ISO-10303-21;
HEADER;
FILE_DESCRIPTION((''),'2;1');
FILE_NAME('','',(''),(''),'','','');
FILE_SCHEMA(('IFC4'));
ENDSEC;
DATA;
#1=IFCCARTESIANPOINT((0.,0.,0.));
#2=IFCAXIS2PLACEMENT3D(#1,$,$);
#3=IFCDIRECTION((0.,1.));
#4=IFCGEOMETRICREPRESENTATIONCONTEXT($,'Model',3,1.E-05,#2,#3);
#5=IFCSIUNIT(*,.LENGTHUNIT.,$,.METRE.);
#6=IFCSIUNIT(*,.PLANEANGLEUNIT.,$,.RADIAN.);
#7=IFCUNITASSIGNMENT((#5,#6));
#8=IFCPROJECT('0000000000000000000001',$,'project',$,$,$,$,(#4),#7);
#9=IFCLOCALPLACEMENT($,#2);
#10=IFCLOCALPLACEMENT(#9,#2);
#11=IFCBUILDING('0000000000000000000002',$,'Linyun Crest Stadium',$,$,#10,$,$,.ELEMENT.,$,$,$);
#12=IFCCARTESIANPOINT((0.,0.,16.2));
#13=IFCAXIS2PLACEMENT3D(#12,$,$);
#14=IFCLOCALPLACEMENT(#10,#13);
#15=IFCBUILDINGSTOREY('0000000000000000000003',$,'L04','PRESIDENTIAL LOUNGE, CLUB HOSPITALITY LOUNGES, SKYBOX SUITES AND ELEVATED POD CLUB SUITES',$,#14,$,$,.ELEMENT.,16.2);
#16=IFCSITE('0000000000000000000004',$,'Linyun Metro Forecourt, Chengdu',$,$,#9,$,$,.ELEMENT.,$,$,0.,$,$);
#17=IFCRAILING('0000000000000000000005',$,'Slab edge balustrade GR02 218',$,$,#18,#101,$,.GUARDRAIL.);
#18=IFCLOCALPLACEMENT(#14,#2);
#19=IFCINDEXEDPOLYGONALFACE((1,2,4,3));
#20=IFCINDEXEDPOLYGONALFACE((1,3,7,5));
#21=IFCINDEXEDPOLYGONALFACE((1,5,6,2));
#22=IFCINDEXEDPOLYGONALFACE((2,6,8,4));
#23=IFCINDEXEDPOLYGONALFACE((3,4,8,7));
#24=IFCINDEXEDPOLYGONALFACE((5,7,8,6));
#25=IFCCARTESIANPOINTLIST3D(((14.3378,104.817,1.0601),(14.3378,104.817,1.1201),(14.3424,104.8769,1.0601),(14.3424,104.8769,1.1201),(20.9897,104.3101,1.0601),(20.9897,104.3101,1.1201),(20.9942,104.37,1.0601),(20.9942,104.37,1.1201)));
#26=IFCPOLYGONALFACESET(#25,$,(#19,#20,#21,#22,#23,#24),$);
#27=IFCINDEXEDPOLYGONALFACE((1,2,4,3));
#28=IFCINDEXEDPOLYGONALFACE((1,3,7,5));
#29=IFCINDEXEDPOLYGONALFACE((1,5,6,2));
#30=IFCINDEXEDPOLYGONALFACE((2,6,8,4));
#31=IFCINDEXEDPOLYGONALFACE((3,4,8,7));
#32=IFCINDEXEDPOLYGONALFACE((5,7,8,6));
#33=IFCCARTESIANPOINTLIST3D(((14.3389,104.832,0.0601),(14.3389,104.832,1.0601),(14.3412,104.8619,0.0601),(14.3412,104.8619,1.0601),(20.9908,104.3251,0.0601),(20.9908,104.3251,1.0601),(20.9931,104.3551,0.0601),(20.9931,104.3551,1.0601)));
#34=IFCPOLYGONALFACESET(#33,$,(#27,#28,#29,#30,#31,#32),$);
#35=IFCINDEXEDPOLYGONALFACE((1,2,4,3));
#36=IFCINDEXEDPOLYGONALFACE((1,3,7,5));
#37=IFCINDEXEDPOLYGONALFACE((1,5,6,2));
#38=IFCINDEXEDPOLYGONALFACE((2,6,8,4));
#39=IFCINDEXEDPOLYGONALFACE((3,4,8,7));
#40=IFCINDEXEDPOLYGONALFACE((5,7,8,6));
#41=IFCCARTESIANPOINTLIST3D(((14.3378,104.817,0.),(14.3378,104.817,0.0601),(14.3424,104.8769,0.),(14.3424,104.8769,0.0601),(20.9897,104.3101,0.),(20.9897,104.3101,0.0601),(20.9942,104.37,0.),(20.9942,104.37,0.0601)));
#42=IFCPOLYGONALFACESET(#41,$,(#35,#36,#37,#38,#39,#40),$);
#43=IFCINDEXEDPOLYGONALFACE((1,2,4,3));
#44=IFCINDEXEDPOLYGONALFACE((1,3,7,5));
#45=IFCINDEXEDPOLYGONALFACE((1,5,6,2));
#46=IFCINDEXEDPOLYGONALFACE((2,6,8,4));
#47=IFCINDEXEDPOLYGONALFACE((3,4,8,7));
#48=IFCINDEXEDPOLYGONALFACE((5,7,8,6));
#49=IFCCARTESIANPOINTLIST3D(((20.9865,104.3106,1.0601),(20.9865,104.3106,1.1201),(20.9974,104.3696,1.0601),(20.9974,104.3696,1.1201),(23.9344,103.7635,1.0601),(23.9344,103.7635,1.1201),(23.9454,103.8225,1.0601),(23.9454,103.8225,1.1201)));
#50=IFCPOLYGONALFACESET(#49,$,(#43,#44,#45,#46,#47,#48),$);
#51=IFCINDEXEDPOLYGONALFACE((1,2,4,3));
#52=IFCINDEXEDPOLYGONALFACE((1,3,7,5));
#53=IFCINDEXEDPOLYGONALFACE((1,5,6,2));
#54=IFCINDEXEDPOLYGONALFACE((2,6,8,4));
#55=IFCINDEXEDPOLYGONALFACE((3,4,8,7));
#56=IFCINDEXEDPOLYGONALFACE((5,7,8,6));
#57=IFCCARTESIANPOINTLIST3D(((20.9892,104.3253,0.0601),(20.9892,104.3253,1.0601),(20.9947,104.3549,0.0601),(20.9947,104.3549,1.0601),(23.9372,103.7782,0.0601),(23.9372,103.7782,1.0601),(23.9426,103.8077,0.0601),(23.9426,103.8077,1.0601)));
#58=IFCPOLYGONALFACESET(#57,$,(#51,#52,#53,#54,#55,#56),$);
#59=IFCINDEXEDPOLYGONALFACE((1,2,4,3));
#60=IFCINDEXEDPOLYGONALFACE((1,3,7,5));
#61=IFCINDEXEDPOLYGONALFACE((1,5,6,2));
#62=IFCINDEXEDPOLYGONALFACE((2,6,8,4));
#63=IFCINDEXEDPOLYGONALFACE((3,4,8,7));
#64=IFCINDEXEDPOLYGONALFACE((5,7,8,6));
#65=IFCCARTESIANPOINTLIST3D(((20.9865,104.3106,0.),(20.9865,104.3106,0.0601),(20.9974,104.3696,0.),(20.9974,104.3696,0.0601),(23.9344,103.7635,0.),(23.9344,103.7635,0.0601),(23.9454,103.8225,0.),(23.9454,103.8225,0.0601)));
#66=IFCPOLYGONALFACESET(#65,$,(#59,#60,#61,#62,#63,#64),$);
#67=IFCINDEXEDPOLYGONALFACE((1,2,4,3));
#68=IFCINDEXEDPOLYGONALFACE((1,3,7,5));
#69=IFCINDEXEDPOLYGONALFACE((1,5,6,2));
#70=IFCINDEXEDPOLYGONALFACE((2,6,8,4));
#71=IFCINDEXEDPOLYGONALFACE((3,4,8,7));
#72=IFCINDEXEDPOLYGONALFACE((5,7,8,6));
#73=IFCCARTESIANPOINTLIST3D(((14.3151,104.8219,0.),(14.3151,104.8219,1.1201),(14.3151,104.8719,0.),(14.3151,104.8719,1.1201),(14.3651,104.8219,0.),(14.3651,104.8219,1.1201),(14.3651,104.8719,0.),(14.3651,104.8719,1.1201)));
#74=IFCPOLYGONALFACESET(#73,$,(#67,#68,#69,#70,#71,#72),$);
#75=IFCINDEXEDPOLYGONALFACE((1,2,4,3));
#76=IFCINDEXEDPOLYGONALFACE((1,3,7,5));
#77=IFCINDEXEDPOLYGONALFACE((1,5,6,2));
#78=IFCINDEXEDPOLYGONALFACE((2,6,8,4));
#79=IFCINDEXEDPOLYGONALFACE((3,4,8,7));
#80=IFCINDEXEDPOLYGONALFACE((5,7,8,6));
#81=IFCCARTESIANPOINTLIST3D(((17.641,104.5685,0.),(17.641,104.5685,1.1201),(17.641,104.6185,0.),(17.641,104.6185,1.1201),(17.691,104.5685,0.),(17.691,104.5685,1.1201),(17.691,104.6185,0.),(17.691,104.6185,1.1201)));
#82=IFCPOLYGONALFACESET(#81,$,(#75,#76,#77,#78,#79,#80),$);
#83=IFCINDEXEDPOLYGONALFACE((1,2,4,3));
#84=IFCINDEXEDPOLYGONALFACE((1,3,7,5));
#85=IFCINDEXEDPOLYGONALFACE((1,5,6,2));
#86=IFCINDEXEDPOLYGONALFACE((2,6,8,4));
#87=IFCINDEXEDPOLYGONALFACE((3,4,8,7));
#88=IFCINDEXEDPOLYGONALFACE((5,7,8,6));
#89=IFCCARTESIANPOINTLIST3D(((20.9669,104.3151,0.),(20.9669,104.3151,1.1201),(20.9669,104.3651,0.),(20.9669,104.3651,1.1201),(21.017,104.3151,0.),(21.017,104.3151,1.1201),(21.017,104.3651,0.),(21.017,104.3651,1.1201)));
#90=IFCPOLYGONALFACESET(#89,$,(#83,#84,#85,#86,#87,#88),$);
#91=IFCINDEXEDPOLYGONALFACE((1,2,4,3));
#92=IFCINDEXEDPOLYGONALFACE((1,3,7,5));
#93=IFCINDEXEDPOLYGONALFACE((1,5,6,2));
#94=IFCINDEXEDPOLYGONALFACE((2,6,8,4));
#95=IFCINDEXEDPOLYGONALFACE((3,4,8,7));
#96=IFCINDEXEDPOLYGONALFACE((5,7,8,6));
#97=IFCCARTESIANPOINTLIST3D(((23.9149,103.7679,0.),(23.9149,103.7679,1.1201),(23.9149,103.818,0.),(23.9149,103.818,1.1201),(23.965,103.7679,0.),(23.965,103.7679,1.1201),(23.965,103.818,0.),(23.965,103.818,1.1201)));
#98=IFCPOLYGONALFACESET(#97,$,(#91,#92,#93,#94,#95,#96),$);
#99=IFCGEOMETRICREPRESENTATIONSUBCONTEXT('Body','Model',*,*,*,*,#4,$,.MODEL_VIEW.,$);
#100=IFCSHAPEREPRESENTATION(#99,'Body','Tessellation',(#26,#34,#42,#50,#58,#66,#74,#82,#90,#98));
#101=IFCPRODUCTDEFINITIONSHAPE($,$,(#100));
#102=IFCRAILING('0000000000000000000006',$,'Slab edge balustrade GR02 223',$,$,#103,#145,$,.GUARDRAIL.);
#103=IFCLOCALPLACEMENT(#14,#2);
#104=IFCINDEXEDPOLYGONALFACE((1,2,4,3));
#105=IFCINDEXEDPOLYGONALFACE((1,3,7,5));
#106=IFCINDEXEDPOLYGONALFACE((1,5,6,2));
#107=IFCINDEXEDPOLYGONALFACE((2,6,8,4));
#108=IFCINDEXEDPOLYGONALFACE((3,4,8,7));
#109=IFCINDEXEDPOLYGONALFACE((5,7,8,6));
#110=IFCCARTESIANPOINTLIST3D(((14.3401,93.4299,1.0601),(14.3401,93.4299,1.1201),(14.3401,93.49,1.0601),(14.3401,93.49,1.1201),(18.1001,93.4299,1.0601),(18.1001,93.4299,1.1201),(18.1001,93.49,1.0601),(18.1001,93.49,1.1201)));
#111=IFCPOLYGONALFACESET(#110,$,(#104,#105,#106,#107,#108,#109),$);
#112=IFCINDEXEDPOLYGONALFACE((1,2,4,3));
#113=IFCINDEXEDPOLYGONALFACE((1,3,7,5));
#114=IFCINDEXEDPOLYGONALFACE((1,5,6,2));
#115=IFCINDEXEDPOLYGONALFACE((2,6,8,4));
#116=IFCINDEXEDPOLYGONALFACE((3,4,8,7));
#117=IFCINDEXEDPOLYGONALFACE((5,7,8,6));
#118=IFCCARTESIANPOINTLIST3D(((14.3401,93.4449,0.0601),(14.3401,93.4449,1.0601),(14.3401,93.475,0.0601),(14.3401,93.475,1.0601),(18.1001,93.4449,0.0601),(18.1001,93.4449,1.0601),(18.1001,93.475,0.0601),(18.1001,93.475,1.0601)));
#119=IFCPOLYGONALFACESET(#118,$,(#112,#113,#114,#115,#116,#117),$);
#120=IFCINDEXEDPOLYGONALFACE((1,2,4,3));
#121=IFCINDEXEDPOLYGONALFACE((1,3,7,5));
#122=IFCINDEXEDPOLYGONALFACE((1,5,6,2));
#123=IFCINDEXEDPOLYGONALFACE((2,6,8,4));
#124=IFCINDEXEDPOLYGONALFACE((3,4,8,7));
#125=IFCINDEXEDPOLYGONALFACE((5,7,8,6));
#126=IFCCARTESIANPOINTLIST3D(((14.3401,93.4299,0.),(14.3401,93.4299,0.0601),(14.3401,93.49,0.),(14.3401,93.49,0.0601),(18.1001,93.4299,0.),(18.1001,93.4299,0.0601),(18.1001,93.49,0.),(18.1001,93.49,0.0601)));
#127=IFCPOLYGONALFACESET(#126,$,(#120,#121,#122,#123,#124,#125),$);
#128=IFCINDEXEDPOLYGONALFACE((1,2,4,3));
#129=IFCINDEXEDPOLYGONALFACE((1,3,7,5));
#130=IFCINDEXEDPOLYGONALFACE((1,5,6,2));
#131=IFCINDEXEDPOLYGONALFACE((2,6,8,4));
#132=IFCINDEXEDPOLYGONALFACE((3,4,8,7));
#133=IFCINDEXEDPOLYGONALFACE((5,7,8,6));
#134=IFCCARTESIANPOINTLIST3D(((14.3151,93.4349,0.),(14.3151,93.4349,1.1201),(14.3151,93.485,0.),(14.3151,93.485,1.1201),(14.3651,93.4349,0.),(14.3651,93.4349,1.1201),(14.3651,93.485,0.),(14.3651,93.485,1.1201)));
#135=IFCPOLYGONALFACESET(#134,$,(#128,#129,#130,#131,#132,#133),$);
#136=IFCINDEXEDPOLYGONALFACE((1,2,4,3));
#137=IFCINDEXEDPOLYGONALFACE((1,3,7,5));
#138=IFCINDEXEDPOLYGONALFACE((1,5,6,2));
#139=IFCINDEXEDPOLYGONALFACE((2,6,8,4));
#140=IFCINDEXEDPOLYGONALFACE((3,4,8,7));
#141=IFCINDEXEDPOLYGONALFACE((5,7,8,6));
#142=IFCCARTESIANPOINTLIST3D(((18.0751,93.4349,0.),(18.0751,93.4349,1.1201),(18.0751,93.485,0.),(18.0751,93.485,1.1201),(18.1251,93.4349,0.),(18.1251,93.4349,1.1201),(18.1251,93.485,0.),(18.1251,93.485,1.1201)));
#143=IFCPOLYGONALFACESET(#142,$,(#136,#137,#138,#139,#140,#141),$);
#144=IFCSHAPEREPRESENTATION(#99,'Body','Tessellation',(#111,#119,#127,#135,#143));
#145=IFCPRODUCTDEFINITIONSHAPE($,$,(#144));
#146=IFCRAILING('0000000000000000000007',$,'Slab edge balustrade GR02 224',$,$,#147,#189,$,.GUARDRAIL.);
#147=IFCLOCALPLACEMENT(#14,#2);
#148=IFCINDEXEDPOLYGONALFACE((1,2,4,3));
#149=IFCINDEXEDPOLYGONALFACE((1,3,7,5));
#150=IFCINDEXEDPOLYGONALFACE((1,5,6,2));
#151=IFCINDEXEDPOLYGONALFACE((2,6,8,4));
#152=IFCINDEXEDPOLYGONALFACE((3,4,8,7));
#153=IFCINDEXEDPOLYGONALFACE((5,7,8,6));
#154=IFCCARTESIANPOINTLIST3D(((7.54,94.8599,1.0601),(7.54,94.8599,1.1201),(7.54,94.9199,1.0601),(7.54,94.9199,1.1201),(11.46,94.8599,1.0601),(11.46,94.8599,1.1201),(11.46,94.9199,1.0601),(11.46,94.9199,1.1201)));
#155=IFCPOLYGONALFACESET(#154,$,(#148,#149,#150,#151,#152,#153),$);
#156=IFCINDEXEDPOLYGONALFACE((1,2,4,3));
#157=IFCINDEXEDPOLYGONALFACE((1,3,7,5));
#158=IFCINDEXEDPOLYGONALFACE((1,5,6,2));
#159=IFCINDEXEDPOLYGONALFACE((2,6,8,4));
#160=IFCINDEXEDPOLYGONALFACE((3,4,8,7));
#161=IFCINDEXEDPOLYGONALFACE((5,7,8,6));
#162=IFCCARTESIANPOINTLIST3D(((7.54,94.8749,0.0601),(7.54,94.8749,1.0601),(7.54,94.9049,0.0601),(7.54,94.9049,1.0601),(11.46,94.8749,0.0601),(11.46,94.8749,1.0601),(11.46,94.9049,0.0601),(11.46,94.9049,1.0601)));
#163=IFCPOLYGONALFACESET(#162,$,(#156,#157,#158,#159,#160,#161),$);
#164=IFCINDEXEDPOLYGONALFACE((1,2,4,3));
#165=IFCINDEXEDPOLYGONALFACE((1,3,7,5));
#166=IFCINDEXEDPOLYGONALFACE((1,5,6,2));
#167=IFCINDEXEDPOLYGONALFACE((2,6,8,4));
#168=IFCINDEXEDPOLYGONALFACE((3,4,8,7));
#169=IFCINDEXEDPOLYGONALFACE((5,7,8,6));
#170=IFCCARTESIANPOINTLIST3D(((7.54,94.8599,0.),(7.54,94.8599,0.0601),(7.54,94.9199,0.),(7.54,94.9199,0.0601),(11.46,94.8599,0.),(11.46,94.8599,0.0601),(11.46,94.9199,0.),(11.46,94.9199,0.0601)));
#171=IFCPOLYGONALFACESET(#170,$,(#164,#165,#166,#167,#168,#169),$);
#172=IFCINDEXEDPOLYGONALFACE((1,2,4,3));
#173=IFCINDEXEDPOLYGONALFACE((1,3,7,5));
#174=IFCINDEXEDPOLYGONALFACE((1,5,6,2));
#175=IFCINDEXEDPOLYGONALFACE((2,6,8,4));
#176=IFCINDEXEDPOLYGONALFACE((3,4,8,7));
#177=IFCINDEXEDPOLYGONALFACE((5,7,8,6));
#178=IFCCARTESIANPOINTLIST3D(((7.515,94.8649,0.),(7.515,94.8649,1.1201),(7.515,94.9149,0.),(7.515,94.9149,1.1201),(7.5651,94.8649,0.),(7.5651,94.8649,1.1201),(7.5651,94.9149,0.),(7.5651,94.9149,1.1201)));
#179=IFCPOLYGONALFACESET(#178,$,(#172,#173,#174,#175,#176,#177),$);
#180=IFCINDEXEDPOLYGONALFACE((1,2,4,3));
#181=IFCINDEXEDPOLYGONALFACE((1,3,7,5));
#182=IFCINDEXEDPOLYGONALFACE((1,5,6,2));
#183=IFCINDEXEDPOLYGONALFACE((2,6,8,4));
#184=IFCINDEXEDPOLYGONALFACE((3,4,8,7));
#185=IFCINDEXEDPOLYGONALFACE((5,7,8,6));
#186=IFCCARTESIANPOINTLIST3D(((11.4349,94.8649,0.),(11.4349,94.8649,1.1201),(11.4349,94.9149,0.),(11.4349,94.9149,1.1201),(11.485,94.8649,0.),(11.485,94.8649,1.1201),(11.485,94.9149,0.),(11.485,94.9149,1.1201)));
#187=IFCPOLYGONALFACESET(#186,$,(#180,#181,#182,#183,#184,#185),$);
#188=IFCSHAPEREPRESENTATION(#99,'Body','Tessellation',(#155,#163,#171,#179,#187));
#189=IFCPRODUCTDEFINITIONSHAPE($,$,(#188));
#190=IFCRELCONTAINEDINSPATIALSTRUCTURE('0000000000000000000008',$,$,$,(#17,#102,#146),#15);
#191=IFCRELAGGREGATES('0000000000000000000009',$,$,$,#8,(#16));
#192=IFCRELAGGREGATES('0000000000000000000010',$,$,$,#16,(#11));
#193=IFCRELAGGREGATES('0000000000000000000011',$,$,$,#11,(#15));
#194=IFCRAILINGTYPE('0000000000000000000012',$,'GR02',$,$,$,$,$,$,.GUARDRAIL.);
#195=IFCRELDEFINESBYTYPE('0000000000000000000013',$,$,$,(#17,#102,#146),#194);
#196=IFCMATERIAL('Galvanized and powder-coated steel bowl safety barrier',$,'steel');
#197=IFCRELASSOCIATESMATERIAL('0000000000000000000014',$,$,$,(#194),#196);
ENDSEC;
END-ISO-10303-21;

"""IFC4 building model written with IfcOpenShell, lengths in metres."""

from ifc_helpers import new_model, si_unit, direction, frame, origin, origin_2d, place, context, subcontext, project, spatial, rectangle, extrude, material, type_object, element, save


model = new_model("IFC4")

# Units and contexts
model_context = context("Model", 3, precision=1e-05, world=origin(), true_north=direction((0.0, 1.0)))
body_context = subcontext(model_context, "Body", "Model", "MODEL_VIEW")
ifc_project = project(units=[si_unit("LENGTHUNIT", "METRE"), si_unit("PLANEANGLEUNIT", "RADIAN")], contexts=[model_context])

# Site, building, storey
site_placement = place(None, origin())
site = spatial("IfcSite", under=ifc_project, at=site_placement, Name="Linyun Metro Forecourt, Chengdu", CompositionType="ELEMENT", RefElevation=0.0)
building_placement = place(site_placement, origin())
building = spatial("IfcBuilding", under=site, at=building_placement, Name="Linyun Crest Stadium", CompositionType="ELEMENT")
storey_placement = place(building_placement, frame((0.0, 0.0, 16.2)))
storey = spatial("IfcBuildingStorey", under=building, at=storey_placement, Name="L04", Description="PRESIDENTIAL LOUNGE, CLUB HOSPITALITY LOUNGES, SKYBOX SUITES AND ELEVATED POD CLUB SUITES", CompositionType="ELEMENT", Elevation=16.2)

# Railings
ifc_material_1 = material(Name="Galvanized and powder-coated steel bowl safety barrier", Category="steel")
railing_type_1 = type_object("IfcRailingType", Name="GR02", PredefinedType="GUARDRAIL", material=ifc_material_1)
railing_1_placement = place(storey_placement, frame((14.3401, 104.8469, 0.0)))
element("IfcRailing", 1, at=railing_1_placement, inside=storey, type_object=railing_type_1, Name="Slab edge balustrade GR02 218", PredefinedType="GUARDRAIL", context=body_context, shape_type="SweptSolid", body=[
    extrude(rectangle(XDim=0.0601, YDim=0.0601, at=origin_2d()), frame((0.0, 0.0, 1.0901), z_axis=(0.99711, -0.075974, 0.0), x_axis=(0.075974, 0.99711, 0.0)), (0.0, 0.0, 1.0), 6.6711),
    extrude(rectangle(XDim=0.03, YDim=1.0, at=origin_2d()), frame((0.0, 0.0, 0.5601), z_axis=(0.99711, -0.075974, 0.0), x_axis=(0.075974, 0.99711, 0.0)), (0.0, 0.0, 1.0), 6.6711),
    extrude(rectangle(XDim=0.0601, YDim=0.0601, at=origin_2d()), frame((0.0, 0.0, 0.03), z_axis=(0.99711, -0.075974, 0.0), x_axis=(0.075974, 0.99711, 0.0)), (0.0, 0.0, 1.0), 6.6711),
    extrude(rectangle(XDim=0.0601, YDim=0.0601, at=origin_2d()), frame((6.6519, -0.5068, 1.0901), z_axis=(0.983211, -0.182474, 0.0), x_axis=(0.182474, 0.983211, 0.0)), (0.0, 0.0, 1.0), 2.9983),
    extrude(rectangle(XDim=0.03, YDim=1.0, at=origin_2d()), frame((6.6519, -0.5068, 0.5601), z_axis=(0.983211, -0.182474, 0.0), x_axis=(0.182474, 0.983211, 0.0)), (0.0, 0.0, 1.0), 2.9983),
    extrude(rectangle(XDim=0.0601, YDim=0.0601, at=origin_2d()), frame((6.6519, -0.5068, 0.03), z_axis=(0.983211, -0.182474, 0.0), x_axis=(0.182474, 0.983211, 0.0)), (0.0, 0.0, 1.0), 2.9983),
    extrude(rectangle(XDim=0.05, YDim=0.05, at=origin_2d()), origin(), (0.0, 0.0, 1.0), 1.1201),
    extrude(rectangle(XDim=0.05, YDim=0.05, at=origin_2d()), frame((3.3259, -0.2534, 0.0)), (0.0, 0.0, 1.0), 1.1201),
    extrude(rectangle(XDim=0.05, YDim=0.05, at=origin_2d()), frame((6.6519, -0.5068, 0.0)), (0.0, 0.0, 1.0), 1.1201),
    extrude(rectangle(XDim=0.05, YDim=0.05, at=origin_2d()), frame((9.5999, -1.054, 0.0)), (0.0, 0.0, 1.0), 1.1201),
])
railing_2_placement = place(storey_placement, frame((14.3401, 93.46, 0.0)))
element("IfcRailing", 2, at=railing_2_placement, inside=storey, type_object=railing_type_1, Name="Slab edge balustrade GR02 223", PredefinedType="GUARDRAIL", context=body_context, shape_type="SweptSolid", body=[
    extrude(rectangle(XDim=0.0601, YDim=0.0601, at=origin_2d()), frame((0.0, 0.0, 1.0901), z_axis=(1.0, 0.0, 0.0), x_axis=(0.0, 1.0, 0.0)), (0.0, 0.0, 1.0), 3.76),
    extrude(rectangle(XDim=0.03, YDim=1.0, at=origin_2d()), frame((0.0, 0.0, 0.5601), z_axis=(1.0, 0.0, 0.0), x_axis=(0.0, 1.0, 0.0)), (0.0, 0.0, 1.0), 3.76),
    extrude(rectangle(XDim=0.0601, YDim=0.0601, at=origin_2d()), frame((0.0, 0.0, 0.03), z_axis=(1.0, 0.0, 0.0), x_axis=(0.0, 1.0, 0.0)), (0.0, 0.0, 1.0), 3.76),
    extrude(rectangle(XDim=0.05, YDim=0.05, at=origin_2d()), origin(), (0.0, 0.0, 1.0), 1.1201),
    extrude(rectangle(XDim=0.05, YDim=0.05, at=origin_2d()), frame((3.76, 0.0, 0.0)), (0.0, 0.0, 1.0), 1.1201),
])
railing_3_placement = place(storey_placement, frame((7.54, 94.8899, 0.0)))
element("IfcRailing", 3, at=railing_3_placement, inside=storey, type_object=railing_type_1, Name="Slab edge balustrade GR02 224", PredefinedType="GUARDRAIL", context=body_context, shape_type="SweptSolid", body=[
    extrude(rectangle(XDim=0.0601, YDim=0.0601, at=origin_2d()), frame((0.0, 0.0, 1.0901), z_axis=(1.0, 0.0, 0.0), x_axis=(0.0, 1.0, 0.0)), (0.0, 0.0, 1.0), 3.9199),
    extrude(rectangle(XDim=0.03, YDim=1.0, at=origin_2d()), frame((0.0, 0.0, 0.5601), z_axis=(1.0, 0.0, 0.0), x_axis=(0.0, 1.0, 0.0)), (0.0, 0.0, 1.0), 3.9199),
    extrude(rectangle(XDim=0.0601, YDim=0.0601, at=origin_2d()), frame((0.0, 0.0, 0.03), z_axis=(1.0, 0.0, 0.0), x_axis=(0.0, 1.0, 0.0)), (0.0, 0.0, 1.0), 3.9199),
    extrude(rectangle(XDim=0.05, YDim=0.05, at=origin_2d()), origin(), (0.0, 0.0, 1.0), 1.1201),
    extrude(rectangle(XDim=0.05, YDim=0.05, at=origin_2d()), frame((3.9199, 0.0, 0.0)), (0.0, 0.0, 1.0), 1.1201),
])

save(model, "model.ifc")
